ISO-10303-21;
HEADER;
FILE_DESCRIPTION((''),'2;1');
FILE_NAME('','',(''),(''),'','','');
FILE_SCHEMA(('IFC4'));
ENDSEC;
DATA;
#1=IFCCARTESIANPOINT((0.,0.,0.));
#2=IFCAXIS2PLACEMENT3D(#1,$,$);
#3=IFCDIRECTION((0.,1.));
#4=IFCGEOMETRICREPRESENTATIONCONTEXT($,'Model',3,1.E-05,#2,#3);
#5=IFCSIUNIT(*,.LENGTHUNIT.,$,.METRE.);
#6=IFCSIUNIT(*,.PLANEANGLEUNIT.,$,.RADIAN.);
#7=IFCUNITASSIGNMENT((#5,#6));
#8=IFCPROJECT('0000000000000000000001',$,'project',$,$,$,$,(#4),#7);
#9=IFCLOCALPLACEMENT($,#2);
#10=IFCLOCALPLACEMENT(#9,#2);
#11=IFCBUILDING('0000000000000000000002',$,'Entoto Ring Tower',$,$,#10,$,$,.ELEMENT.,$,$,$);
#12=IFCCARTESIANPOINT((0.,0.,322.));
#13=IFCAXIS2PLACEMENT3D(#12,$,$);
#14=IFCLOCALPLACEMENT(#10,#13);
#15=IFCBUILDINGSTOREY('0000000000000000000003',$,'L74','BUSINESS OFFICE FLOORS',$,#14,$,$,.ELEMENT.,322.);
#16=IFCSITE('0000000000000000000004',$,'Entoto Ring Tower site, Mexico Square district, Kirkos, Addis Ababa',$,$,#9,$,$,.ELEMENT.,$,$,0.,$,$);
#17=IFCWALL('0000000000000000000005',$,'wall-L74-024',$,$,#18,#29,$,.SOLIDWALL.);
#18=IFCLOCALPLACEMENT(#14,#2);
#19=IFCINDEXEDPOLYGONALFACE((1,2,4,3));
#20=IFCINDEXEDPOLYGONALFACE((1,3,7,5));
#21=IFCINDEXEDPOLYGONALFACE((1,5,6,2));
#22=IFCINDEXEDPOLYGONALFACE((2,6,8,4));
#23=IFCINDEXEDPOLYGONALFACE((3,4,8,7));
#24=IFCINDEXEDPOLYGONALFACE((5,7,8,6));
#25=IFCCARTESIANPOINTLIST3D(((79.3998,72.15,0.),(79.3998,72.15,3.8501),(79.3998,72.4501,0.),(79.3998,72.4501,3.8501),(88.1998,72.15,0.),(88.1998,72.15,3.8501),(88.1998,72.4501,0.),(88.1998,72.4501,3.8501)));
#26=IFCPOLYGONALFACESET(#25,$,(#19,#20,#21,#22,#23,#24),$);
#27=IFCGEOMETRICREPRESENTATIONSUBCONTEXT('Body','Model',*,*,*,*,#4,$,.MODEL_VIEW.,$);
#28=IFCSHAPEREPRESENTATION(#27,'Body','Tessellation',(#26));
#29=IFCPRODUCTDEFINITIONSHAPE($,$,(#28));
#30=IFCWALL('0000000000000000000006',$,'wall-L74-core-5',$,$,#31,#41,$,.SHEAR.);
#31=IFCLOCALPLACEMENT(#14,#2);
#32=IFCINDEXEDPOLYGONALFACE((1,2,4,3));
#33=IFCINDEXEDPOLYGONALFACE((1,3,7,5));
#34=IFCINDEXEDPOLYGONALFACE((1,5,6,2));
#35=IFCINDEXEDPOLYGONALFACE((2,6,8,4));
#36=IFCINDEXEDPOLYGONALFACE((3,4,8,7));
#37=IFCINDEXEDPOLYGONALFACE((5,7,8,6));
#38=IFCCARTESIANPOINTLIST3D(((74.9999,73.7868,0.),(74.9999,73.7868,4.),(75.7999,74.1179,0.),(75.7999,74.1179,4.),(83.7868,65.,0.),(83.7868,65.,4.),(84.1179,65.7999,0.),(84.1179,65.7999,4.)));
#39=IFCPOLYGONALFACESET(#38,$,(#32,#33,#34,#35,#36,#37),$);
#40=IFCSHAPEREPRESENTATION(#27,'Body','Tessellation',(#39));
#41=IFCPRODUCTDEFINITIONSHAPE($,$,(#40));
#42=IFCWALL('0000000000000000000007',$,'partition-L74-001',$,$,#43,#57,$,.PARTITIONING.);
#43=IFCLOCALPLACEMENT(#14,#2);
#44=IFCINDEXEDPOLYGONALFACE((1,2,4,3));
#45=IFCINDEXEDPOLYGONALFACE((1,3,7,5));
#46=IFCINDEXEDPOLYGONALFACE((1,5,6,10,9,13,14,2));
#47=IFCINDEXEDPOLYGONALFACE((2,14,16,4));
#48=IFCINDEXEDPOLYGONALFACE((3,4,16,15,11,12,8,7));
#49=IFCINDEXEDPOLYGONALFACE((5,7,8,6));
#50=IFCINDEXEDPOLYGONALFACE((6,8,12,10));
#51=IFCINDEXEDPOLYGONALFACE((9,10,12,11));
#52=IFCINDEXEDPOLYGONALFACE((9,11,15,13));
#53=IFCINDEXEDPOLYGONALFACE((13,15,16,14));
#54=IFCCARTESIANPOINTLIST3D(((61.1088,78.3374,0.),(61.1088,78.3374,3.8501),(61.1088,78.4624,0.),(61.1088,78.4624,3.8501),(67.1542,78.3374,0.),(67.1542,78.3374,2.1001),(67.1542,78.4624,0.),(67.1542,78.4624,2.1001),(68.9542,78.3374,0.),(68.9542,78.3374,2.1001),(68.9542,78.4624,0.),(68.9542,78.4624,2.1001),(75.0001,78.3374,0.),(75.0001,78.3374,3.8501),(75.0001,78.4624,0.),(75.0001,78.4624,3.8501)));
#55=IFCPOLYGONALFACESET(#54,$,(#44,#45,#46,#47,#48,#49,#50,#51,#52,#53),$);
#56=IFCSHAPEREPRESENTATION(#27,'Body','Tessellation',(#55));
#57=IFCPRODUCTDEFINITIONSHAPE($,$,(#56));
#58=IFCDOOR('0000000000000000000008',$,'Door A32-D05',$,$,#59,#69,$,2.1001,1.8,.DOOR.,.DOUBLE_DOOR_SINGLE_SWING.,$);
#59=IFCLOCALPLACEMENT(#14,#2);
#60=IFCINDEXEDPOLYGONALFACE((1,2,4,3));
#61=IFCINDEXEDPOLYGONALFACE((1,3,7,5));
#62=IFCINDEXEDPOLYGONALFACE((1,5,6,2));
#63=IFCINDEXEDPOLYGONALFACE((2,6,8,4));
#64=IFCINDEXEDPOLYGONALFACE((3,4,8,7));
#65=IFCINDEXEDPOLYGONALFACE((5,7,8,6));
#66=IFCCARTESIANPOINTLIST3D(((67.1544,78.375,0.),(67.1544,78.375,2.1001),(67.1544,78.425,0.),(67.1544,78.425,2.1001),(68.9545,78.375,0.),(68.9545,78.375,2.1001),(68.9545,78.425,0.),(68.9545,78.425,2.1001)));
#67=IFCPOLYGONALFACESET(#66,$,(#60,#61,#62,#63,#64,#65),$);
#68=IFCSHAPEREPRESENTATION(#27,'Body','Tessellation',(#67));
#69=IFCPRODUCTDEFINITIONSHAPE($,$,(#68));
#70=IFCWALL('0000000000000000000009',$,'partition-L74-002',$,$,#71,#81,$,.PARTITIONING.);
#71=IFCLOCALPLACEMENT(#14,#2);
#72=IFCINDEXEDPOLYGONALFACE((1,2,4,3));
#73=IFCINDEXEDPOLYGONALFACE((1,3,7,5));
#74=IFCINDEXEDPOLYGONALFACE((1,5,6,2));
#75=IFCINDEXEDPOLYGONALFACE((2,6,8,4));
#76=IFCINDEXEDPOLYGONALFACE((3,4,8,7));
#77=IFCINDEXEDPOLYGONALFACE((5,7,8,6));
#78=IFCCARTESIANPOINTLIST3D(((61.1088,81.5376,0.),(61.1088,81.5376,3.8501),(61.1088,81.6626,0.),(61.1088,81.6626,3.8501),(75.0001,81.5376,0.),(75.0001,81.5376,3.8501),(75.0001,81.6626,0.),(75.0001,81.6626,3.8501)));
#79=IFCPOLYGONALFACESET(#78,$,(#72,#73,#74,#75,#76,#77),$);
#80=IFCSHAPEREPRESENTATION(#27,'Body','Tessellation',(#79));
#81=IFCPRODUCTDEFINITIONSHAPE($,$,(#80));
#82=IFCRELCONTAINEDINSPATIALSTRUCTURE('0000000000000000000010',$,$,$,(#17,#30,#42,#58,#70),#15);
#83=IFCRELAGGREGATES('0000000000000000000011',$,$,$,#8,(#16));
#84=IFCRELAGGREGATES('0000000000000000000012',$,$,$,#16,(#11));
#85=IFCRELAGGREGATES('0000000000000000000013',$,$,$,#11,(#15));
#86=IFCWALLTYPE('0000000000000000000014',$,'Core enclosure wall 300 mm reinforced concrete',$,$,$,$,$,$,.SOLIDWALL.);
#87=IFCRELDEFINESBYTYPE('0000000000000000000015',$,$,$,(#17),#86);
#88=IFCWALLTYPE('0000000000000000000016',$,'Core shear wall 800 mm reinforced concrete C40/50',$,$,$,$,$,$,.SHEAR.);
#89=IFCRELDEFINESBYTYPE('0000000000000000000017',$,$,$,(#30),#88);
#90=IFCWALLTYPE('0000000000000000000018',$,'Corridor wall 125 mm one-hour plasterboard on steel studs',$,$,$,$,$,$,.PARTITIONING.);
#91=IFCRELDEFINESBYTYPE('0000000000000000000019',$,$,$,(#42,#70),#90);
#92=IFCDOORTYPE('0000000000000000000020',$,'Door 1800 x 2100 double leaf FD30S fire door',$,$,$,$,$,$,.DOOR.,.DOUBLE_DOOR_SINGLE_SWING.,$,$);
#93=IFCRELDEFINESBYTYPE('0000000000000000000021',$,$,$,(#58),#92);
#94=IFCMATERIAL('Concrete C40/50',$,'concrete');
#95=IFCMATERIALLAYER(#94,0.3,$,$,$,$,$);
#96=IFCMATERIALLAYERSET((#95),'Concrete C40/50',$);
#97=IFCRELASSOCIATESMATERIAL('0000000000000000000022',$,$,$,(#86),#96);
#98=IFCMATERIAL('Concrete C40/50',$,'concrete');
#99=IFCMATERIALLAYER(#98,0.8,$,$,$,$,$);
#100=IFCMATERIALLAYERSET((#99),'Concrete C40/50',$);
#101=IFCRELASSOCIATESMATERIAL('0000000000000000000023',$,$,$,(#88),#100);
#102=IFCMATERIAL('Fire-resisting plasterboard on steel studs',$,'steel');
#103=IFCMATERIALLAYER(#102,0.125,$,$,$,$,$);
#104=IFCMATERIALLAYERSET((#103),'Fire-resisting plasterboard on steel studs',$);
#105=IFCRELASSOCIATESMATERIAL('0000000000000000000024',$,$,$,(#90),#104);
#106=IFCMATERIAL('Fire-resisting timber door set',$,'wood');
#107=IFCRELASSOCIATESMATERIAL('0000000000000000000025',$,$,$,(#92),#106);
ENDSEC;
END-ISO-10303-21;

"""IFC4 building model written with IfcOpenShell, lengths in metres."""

from ifc_helpers import new_model, si_unit, direction, frame, frame_2d, origin, place, context, subcontext, project, spatial, polyline, rectangle, outline, extrude, material, layer, layer_set, type_object, element, fill, save


model = new_model("IFC4")

# Units and contexts
model_context = context("Model", 3, precision=1e-05, world=origin(), true_north=direction((0.0, 1.0)))
body_context = subcontext(model_context, "Body", "Model", "MODEL_VIEW")
ifc_project = project(units=[si_unit("LENGTHUNIT", "METRE"), si_unit("PLANEANGLEUNIT", "RADIAN")], contexts=[model_context])

# Site, building, storey
site_placement = place(None, origin())
site = spatial("IfcSite", under=ifc_project, at=site_placement, Name="Entoto Ring Tower site, Mexico Square district, Kirkos, Addis Ababa", CompositionType="ELEMENT", RefElevation=0.0)
building_placement = place(site_placement, origin())
building = spatial("IfcBuilding", under=site, at=building_placement, Name="Entoto Ring Tower", CompositionType="ELEMENT")
storey_placement = place(building_placement, frame((0.0, 0.0, 322.0)))
storey = spatial("IfcBuildingStorey", under=building, at=storey_placement, Name="L74", Description="BUSINESS OFFICE FLOORS", CompositionType="ELEMENT", Elevation=322.0)

# Walls
ifc_material_1 = material(Name="Concrete C40/50", Category="concrete")
ifc_layer_1 = layer(ifc_material_1, 0.3)
ifc_layer_set_1 = layer_set([ifc_layer_1], Name="Concrete C40/50")
wall_type_1 = type_object("IfcWallType", Name="Core enclosure wall 300 mm reinforced concrete", PredefinedType="SOLIDWALL", material=ifc_layer_set_1)
wall_1_placement = place(storey_placement, frame((79.3999, 72.3, 0.0), z_axis=(0.0, 0.0, 1.0), x_axis=(1.0, 0.0, 0.0)))
element("IfcWall", 1, at=wall_1_placement, inside=storey, type_object=wall_type_1, Name="wall-L74-024", PredefinedType="SOLIDWALL", context=body_context, shape_type="SweptSolid", body=[
    extrude(rectangle(XDim=8.8, YDim=0.3, at=frame_2d((4.3999, 0.0))), origin(), (0.0, 0.0, 1.0), 3.8501),
])
ifc_material_2 = material(Name="Concrete C40/50", Category="concrete")
ifc_layer_2 = layer(ifc_material_2, 0.8)
ifc_layer_set_2 = layer_set([ifc_layer_2], Name="Concrete C40/50")
wall_type_2 = type_object("IfcWallType", Name="Core shear wall 800 mm reinforced concrete C40/50", PredefinedType="SHEAR", material=ifc_layer_set_2)
wall_2_placement = place(storey_placement, frame((75.3999, 73.9524, 0.0), z_axis=(0.0, 0.0, 1.0), x_axis=(0.707107, -0.707107, 0.0)))
element("IfcWall", 2, at=wall_2_placement, inside=storey, type_object=wall_type_2, Name="wall-L74-core-5", PredefinedType="SHEAR", context=body_context, shape_type="SweptSolid", body=[
    extrude(outline(polyline([(-0.1658, -0.3999), (12.2607, -0.3999), (11.9292, 0.3999), (0.1658, 0.3999), (-0.1658, -0.3999)])), origin(), (0.0, 0.0, 1.0), 4.0),
])

# Wall, opening, door
ifc_material_3 = material(Name="Fire-resisting plasterboard on steel studs", Category="steel")
ifc_layer_3 = layer(ifc_material_3, 0.125)
ifc_layer_set_3 = layer_set([ifc_layer_3], Name="Fire-resisting plasterboard on steel studs")
wall_type_3 = type_object("IfcWallType", Name="Corridor wall 125 mm one-hour plasterboard on steel studs", PredefinedType="PARTITIONING", material=ifc_layer_set_3)
wall_3_placement = place(storey_placement, frame((61.1086, 78.3999, 0.0), z_axis=(0.0, 0.0, 1.0), x_axis=(1.0, 0.0, 0.0)))
wall_3 = element("IfcWall", 3, at=wall_3_placement, inside=storey, type_object=wall_type_3, Name="partition-L74-001", PredefinedType="PARTITIONING", context=body_context, shape_type="SweptSolid", body=[
    extrude(rectangle(XDim=13.8914, YDim=0.125, at=frame_2d((6.9458, 0.0))), origin(), (0.0, 0.0, 1.0), 3.8501),
])
opening_placement = place(wall_3_placement, frame((6.0457, 0.0, 0.0)))
opening = element("IfcOpeningElement", 4, at=opening_placement, cuts=wall_3, PredefinedType="OPENING", context=body_context, shape_type="SweptSolid", body=[
    extrude(rectangle(XDim=1.8, YDim=2.1001, at=frame_2d((0.8999, 1.05))), frame((0.0, 0.0725, 0.0), z_axis=(0.0, -1.0, 0.0), x_axis=(1.0, 0.0, 0.0)), (0.0, 0.0, 1.0), 0.145),
])
ifc_material_4 = material(Name="Fire-resisting timber door set", Category="wood")
door_type = type_object("IfcDoorType", Name="Door 1800 x 2100 double leaf FD30S fire door", OperationType="DOUBLE_DOOR_SINGLE_SWING", PredefinedType="DOOR", material=ifc_material_4)
door_placement = place(opening_placement, frame((1.8, 0.0, 0.0), z_axis=(0.0, 0.0, 1.0), x_axis=(-1.0, 0.0, 0.0)))
door = element("IfcDoor", 5, at=door_placement, inside=storey, type_object=door_type, Name="Door A32-D05", OperationType="DOUBLE_DOOR_SINGLE_SWING", OverallHeight=2.1001, OverallWidth=1.8, PredefinedType="DOOR", context=body_context, shape_type="SweptSolid", body=[
    extrude(rectangle(XDim=1.8, YDim=2.1001, at=frame_2d((0.8999, 1.05))), frame((0.0, 0.0249, 0.0), z_axis=(0.0, -1.0, 0.0), x_axis=(1.0, 0.0, 0.0)), (0.0, 0.0, 1.0), 0.05),
])
fill(opening, door)

# Wall
wall_4_placement = place(storey_placement, frame((61.1086, 81.6001, 0.0), z_axis=(0.0, 0.0, 1.0), x_axis=(1.0, 0.0, 0.0)))
element("IfcWall", 6, at=wall_4_placement, inside=storey, type_object=wall_type_3, Name="partition-L74-002", PredefinedType="PARTITIONING", context=body_context, shape_type="SweptSolid", body=[
    extrude(rectangle(XDim=13.8914, YDim=0.125, at=frame_2d((6.9458, 0.0))), origin(), (0.0, 0.0, 1.0), 3.8501),
])

save(model, "model.ifc")
